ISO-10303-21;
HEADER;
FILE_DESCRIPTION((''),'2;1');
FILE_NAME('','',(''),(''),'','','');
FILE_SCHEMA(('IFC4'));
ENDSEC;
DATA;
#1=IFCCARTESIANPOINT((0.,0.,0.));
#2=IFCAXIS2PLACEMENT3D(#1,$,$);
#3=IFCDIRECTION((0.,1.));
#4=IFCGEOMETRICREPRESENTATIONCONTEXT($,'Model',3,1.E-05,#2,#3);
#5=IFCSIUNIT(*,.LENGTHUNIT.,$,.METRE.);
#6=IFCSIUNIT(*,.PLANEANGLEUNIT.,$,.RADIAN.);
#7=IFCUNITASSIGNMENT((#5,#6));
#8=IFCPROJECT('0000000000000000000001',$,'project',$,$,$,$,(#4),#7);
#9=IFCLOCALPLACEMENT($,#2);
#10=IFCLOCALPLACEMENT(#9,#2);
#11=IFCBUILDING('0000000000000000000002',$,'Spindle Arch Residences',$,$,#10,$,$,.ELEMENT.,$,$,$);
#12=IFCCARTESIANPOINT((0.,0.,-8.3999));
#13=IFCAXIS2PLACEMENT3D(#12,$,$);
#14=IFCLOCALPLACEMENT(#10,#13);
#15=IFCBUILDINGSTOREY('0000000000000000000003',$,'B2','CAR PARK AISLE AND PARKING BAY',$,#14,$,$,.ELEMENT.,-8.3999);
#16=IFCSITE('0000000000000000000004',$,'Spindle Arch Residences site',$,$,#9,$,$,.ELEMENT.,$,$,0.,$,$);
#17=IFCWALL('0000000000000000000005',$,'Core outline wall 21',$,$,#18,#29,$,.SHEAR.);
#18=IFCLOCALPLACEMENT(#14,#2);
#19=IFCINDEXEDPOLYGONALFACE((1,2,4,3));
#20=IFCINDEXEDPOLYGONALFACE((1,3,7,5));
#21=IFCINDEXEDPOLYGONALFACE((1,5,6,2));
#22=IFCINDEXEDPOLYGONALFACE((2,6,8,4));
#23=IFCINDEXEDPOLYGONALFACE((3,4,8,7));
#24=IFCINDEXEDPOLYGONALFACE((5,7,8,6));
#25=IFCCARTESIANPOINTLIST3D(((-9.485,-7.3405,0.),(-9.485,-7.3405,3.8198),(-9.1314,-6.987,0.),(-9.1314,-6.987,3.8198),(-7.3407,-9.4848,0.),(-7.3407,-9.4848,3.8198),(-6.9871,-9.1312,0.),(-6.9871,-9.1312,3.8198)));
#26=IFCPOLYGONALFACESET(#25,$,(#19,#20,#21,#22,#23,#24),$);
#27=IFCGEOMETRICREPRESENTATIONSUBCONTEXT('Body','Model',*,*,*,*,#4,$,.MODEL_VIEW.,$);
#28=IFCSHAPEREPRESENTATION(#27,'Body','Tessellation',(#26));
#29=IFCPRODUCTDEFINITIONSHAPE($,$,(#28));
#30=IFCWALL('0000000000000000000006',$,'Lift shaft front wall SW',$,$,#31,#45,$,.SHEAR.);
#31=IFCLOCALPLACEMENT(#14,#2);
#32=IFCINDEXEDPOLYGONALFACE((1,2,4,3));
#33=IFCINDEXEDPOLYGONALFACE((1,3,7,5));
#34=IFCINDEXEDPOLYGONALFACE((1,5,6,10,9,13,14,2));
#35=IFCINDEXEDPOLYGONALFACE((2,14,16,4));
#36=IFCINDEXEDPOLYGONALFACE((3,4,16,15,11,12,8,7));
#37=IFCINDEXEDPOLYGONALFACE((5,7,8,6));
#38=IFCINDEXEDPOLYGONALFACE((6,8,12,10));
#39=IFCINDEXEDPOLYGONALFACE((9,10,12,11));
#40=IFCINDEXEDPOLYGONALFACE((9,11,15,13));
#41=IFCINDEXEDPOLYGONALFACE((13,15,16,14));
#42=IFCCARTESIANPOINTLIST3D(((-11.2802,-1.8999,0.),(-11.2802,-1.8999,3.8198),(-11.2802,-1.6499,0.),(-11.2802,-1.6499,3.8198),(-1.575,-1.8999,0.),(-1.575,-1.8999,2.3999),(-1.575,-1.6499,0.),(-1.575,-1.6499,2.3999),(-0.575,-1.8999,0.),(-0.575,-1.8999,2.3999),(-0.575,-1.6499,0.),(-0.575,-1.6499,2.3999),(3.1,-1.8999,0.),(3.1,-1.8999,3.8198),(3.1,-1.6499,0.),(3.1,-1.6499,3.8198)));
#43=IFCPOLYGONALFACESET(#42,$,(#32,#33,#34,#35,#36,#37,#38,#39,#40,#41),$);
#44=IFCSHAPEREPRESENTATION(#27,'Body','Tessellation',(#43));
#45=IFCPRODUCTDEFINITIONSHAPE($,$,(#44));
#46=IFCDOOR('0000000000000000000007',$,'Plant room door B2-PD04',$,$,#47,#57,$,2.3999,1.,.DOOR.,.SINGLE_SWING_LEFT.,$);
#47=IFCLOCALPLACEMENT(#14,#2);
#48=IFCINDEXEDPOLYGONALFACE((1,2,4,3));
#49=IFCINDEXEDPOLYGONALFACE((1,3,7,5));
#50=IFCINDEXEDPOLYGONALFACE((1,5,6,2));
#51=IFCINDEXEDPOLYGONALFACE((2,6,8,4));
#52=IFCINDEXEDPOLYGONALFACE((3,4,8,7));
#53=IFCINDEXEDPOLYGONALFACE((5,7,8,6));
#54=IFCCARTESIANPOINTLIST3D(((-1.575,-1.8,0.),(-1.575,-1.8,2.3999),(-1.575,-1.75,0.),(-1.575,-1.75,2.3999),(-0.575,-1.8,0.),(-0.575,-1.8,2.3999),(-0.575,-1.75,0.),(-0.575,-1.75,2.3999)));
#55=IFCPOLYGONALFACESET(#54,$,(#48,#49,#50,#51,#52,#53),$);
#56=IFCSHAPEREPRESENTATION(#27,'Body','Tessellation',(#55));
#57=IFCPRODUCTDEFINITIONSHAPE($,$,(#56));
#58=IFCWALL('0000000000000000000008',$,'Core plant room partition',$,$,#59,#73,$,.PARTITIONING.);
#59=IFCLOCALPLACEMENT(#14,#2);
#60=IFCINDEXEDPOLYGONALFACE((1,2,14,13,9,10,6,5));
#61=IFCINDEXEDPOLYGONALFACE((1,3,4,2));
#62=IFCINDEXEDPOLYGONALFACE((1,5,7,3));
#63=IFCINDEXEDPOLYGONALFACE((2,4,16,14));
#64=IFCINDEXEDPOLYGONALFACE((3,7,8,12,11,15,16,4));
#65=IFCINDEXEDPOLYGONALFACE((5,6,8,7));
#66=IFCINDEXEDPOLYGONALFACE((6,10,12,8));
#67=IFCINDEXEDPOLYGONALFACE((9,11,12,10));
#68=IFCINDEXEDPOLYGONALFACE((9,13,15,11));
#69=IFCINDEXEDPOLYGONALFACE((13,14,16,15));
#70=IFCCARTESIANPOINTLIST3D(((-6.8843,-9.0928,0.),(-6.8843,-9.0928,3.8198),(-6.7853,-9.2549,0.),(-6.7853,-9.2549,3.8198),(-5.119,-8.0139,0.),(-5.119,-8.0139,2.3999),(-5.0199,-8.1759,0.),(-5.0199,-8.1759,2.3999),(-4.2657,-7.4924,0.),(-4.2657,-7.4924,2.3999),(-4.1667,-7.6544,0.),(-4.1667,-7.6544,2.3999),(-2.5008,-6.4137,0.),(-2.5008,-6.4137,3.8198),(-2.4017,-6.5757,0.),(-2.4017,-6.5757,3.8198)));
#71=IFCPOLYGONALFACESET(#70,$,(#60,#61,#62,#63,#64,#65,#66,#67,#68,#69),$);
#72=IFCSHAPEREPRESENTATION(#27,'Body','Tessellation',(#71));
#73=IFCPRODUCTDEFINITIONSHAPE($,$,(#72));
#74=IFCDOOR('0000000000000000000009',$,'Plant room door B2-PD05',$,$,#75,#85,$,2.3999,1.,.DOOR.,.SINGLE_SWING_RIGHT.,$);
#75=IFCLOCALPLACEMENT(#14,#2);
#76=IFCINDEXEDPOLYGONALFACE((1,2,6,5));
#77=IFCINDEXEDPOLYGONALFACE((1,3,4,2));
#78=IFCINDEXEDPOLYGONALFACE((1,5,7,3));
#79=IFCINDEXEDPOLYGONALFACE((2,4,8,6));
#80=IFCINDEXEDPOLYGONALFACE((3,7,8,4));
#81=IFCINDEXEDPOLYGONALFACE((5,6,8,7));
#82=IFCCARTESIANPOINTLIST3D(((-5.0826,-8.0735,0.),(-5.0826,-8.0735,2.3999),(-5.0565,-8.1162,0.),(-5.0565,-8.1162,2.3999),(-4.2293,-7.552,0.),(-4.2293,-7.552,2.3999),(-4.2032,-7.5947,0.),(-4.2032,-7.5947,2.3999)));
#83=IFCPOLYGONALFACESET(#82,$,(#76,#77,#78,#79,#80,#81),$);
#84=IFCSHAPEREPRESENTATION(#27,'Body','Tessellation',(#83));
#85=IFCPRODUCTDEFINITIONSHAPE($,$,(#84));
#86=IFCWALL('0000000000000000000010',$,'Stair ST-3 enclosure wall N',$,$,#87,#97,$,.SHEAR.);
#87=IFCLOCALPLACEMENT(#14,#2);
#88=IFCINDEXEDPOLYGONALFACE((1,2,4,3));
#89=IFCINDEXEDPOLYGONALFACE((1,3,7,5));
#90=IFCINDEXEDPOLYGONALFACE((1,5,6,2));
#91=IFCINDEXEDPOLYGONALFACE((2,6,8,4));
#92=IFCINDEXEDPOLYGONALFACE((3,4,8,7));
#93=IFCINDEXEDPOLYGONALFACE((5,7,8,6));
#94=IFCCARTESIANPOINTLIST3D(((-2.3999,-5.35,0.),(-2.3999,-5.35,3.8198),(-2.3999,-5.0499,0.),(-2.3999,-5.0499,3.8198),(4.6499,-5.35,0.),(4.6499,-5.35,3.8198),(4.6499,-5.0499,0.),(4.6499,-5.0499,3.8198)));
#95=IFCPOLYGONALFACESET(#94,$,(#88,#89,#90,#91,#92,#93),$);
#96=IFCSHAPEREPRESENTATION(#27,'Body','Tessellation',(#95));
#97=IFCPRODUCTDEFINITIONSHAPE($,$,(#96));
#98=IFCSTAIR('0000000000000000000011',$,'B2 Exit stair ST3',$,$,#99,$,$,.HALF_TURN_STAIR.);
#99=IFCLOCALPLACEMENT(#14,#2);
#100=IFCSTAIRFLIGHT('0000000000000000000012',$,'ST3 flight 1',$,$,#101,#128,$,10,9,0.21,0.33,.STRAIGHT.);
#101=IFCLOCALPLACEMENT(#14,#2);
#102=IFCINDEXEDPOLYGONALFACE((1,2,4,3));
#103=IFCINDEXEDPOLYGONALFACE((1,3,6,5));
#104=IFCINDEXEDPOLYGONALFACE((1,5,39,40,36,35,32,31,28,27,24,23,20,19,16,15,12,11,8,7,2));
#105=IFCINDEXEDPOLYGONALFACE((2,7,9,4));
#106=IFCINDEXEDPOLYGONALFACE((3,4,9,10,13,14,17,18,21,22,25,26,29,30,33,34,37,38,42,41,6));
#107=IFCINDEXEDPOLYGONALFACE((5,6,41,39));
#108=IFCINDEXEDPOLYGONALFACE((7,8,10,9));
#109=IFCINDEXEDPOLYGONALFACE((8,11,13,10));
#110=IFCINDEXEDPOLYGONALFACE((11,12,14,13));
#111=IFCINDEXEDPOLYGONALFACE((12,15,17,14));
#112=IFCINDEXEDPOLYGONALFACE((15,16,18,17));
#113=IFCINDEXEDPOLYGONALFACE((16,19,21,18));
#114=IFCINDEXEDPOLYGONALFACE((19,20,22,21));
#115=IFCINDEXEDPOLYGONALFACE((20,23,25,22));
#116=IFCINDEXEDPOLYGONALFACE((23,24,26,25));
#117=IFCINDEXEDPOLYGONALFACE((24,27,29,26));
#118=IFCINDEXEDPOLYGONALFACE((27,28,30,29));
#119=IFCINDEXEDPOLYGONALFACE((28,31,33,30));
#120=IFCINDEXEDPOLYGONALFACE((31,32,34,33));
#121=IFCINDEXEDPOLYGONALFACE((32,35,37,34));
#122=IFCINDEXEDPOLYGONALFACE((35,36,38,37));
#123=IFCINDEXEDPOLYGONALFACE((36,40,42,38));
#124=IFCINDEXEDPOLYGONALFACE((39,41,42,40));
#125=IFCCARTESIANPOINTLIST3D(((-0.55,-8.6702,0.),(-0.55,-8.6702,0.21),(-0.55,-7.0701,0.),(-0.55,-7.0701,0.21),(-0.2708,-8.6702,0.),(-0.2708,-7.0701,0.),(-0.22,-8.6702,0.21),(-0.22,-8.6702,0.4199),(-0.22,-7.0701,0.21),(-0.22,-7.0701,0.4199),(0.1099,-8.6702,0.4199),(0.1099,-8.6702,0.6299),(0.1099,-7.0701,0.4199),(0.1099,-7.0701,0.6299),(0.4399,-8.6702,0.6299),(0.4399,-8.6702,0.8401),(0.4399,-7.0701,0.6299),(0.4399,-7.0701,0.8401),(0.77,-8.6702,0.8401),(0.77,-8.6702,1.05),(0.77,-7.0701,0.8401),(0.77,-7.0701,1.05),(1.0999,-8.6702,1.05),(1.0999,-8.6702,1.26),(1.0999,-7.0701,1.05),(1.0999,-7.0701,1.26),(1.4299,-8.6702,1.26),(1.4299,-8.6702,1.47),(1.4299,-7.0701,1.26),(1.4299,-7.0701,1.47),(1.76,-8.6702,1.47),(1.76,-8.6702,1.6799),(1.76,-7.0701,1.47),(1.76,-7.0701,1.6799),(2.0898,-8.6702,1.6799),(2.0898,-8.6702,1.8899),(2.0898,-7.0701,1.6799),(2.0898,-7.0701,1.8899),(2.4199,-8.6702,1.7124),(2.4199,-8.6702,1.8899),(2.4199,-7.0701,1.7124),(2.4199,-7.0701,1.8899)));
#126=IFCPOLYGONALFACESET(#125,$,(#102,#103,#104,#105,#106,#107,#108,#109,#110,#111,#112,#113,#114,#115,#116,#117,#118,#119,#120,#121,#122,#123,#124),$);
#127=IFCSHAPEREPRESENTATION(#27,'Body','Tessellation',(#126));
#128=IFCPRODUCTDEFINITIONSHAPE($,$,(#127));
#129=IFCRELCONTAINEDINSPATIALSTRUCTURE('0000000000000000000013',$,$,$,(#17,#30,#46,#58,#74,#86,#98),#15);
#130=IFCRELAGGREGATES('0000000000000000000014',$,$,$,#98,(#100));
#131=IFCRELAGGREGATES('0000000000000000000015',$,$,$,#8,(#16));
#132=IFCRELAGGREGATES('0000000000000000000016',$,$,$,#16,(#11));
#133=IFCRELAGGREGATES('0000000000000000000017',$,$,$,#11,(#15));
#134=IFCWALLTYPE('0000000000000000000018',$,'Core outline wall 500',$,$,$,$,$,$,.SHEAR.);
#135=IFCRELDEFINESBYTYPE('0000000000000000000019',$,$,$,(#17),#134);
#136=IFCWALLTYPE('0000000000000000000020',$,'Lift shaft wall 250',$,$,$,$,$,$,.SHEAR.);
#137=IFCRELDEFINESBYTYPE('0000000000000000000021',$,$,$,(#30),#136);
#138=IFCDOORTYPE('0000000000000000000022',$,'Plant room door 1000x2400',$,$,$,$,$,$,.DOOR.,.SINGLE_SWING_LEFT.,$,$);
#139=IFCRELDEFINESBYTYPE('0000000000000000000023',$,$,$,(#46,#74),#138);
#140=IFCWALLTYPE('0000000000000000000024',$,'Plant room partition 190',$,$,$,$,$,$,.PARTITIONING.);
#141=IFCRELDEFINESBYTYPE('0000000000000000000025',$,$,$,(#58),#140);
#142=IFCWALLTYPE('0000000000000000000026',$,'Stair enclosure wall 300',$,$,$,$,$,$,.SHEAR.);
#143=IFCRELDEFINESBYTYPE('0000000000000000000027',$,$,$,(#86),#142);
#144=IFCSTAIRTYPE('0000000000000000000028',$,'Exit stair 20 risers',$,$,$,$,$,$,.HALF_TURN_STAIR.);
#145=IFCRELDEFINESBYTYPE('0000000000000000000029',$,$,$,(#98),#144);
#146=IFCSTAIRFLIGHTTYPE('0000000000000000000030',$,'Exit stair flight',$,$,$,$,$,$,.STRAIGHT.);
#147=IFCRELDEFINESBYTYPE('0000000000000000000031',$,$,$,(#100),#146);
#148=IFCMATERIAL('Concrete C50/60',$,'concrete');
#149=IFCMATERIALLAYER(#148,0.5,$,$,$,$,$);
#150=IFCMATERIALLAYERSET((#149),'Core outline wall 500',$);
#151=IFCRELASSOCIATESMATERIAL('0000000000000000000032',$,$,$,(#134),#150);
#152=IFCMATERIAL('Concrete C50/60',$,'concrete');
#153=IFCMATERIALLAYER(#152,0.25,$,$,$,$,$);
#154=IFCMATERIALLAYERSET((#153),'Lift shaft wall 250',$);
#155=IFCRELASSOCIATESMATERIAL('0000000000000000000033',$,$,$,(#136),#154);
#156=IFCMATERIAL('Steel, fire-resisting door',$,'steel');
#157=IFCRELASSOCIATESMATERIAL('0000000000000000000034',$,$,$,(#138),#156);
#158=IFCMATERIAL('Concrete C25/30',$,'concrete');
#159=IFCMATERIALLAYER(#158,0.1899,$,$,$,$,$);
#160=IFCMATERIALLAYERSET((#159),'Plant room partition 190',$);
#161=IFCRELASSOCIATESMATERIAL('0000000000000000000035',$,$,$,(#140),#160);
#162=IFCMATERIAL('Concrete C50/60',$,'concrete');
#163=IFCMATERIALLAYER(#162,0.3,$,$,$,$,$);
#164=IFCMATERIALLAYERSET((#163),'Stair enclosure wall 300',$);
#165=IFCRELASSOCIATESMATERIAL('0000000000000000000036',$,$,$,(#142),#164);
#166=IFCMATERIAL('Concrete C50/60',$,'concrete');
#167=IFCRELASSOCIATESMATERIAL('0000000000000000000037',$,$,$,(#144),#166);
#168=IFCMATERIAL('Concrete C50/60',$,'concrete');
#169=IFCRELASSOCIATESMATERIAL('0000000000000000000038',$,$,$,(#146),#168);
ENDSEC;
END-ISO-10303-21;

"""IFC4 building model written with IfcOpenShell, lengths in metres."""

from ifc_helpers import new_model, si_unit, direction, frame, frame_2d, origin, place, context, subcontext, project, spatial, polyline, rectangle, outline, extrude, material, layer, layer_set, type_object, element, fill, aggregate, save


model = new_model("IFC4")

# Units and contexts
model_context = context("Model", 3, precision=1e-05, world=origin(), true_north=direction((0.0, 1.0)))
body_context = subcontext(model_context, "Body", "Model", "MODEL_VIEW")
ifc_project = project(units=[si_unit("LENGTHUNIT", "METRE"), si_unit("PLANEANGLEUNIT", "RADIAN")], contexts=[model_context])

# Site, building, storey
site_placement = place(None, origin())
site = spatial("IfcSite", under=ifc_project, at=site_placement, Name="Spindle Arch Residences site", CompositionType="ELEMENT", RefElevation=0.0)
building_placement = place(site_placement, origin())
building = spatial("IfcBuilding", under=site, at=building_placement, Name="Spindle Arch Residences", CompositionType="ELEMENT")
storey_placement = place(building_placement, frame((0.0, 0.0, -8.3999)))
storey = spatial("IfcBuildingStorey", under=building, at=storey_placement, Name="B2", Description="CAR PARK AISLE AND PARKING BAY", CompositionType="ELEMENT", Elevation=-8.3999)

# Wall
ifc_material_1 = material(Name="Concrete C50/60", Category="concrete")
ifc_layer_1 = layer(ifc_material_1, 0.5)
ifc_layer_set_1 = layer_set([ifc_layer_1], Name="Core outline wall 500")
wall_type_1 = type_object("IfcWallType", Name="Core outline wall 500", PredefinedType="SHEAR", material=ifc_layer_set_1)
wall_1_placement = place(storey_placement, frame((-9.3081, -7.1638, 0.0), z_axis=(0.0, 0.0, 1.0), x_axis=(0.707107, -0.707107, 0.0)))
element("IfcWall", 1, at=wall_1_placement, inside=storey, type_object=wall_type_1, Name="Core outline wall 21", PredefinedType="SHEAR", context=body_context, shape_type="SweptSolid", body=[
    extrude(rectangle(XDim=3.0325, YDim=0.5, at=frame_2d((1.5161, 0.0))), origin(), (0.0, 0.0, 1.0), 3.8198),
])

# Walls, openings, doors
ifc_material_2 = material(Name="Concrete C50/60", Category="concrete")
ifc_layer_2 = layer(ifc_material_2, 0.25)
ifc_layer_set_2 = layer_set([ifc_layer_2], Name="Lift shaft wall 250")
wall_type_2 = type_object("IfcWallType", Name="Lift shaft wall 250", PredefinedType="SHEAR", material=ifc_layer_set_2)
wall_2_placement = place(storey_placement, frame((-11.28, -1.7749, 0.0), z_axis=(0.0, 0.0, 1.0), x_axis=(1.0, 0.0, 0.0)))
wall_2 = element("IfcWall", 2, at=wall_2_placement, inside=storey, type_object=wall_type_2, Name="Lift shaft front wall SW", PredefinedType="SHEAR", context=body_context, shape_type="SweptSolid", body=[
    extrude(rectangle(XDim=14.3801, YDim=0.25, at=frame_2d((7.1899, 0.0))), origin(), (0.0, 0.0, 1.0), 3.8198),
])
opening_1_placement = place(wall_2_placement, frame((9.7051, 0.0, 0.0)))
opening_1 = element("IfcOpeningElement", 3, at=opening_1_placement, cuts=wall_2, PredefinedType="OPENING", context=body_context, shape_type="SweptSolid", body=[
    extrude(rectangle(XDim=1.0, YDim=2.3999, at=frame_2d((0.5, 1.2))), frame((0.0, 0.135, 0.0), z_axis=(0.0, -1.0, 0.0), x_axis=(1.0, 0.0, 0.0)), (0.0, 0.0, 1.0), 0.27),
])
ifc_material_3 = material(Name="Steel, fire-resisting door", Category="steel")
door_type = type_object("IfcDoorType", Name="Plant room door 1000x2400", OperationType="SINGLE_SWING_LEFT", PredefinedType="DOOR", material=ifc_material_3)
door_1_placement = place(opening_1_placement, origin())
door_1 = element("IfcDoor", 4, at=door_1_placement, inside=storey, type_object=door_type, Name="Plant room door B2-PD04", OperationType="SINGLE_SWING_LEFT", OverallHeight=2.3999, OverallWidth=1.0, PredefinedType="DOOR", context=body_context, shape_type="SweptSolid", body=[
    extrude(rectangle(XDim=1.0, YDim=2.3999, at=frame_2d((0.5, 1.2))), frame((0.0, 0.0249, 0.0), z_axis=(0.0, -1.0, 0.0), x_axis=(1.0, 0.0, 0.0)), (0.0, 0.0, 1.0), 0.05),
])
fill(opening_1, door_1)
ifc_material_4 = material(Name="Concrete C25/30", Category="concrete")
ifc_layer_3 = layer(ifc_material_4, 0.1899)
ifc_layer_set_3 = layer_set([ifc_layer_3], Name="Plant room partition 190")
wall_type_3 = type_object("IfcWallType", Name="Plant room partition 190", PredefinedType="PARTITIONING", material=ifc_layer_set_3)
wall_3_placement = place(storey_placement, frame((-2.4512, -6.4946, 0.0), z_axis=(0.0, 0.0, 1.0), x_axis=(-0.85325, -0.521502, 0.0)))
wall_3 = element("IfcWall", 5, at=wall_3_placement, inside=storey, type_object=wall_type_3, Name="Core plant room partition", PredefinedType="PARTITIONING", context=body_context, shape_type="SweptSolid", body=[
    extrude(rectangle(XDim=5.1375, YDim=0.1899, at=frame_2d((2.5688, 0.0))), origin(), (0.0, 0.0, 1.0), 3.8198),
])
opening_2_placement = place(wall_3_placement, frame((2.0686, 0.0, 0.0)))
opening_2 = element("IfcOpeningElement", 6, at=opening_2_placement, cuts=wall_3, PredefinedType="OPENING", context=body_context, shape_type="SweptSolid", body=[
    extrude(rectangle(XDim=1.0, YDim=2.3999, at=frame_2d((0.5, 1.2))), frame((0.0, 0.105, 0.0), z_axis=(0.0, -1.0, 0.0), x_axis=(1.0, 0.0, 0.0)), (0.0, 0.0, 1.0), 0.21),
])
door_2_placement = place(opening_2_placement, origin())
door_2 = element("IfcDoor", 7, at=door_2_placement, inside=storey, type_object=door_type, Name="Plant room door B2-PD05", OperationType="SINGLE_SWING_RIGHT", OverallHeight=2.3999, OverallWidth=1.0, PredefinedType="DOOR", context=body_context, shape_type="SweptSolid", body=[
    extrude(rectangle(XDim=1.0, YDim=2.3999, at=frame_2d((0.5, 1.2))), frame((0.0, 0.0249, 0.0), z_axis=(0.0, -1.0, 0.0), x_axis=(1.0, 0.0, 0.0)), (0.0, 0.0, 1.0), 0.05),
])
fill(opening_2, door_2)

# Wall
ifc_material_5 = material(Name="Concrete C50/60", Category="concrete")
ifc_layer_4 = layer(ifc_material_5, 0.3)
ifc_layer_set_4 = layer_set([ifc_layer_4], Name="Stair enclosure wall 300")
wall_type_4 = type_object("IfcWallType", Name="Stair enclosure wall 300", PredefinedType="SHEAR", material=ifc_layer_set_4)
wall_4_placement = place(storey_placement, frame((-2.3999, -5.2, 0.0), z_axis=(0.0, 0.0, 1.0), x_axis=(1.0, 0.0, 0.0)))
element("IfcWall", 8, at=wall_4_placement, inside=storey, type_object=wall_type_4, Name="Stair ST-3 enclosure wall N", PredefinedType="SHEAR", context=body_context, shape_type="SweptSolid", body=[
    extrude(rectangle(XDim=7.0498, YDim=0.3, at=frame_2d((3.5249, 0.0))), origin(), (0.0, 0.0, 1.0), 3.8198),
])

# Stair, stair flight
ifc_material_6 = material(Name="Concrete C50/60", Category="concrete")
stair_type = type_object("IfcStairType", Name="Exit stair 20 risers", PredefinedType="HALF_TURN_STAIR", material=ifc_material_6)
stair_placement = place(storey_placement, origin())
stair = element("IfcStair", 9, at=stair_placement, inside=storey, type_object=stair_type, Name="B2 Exit stair ST3", PredefinedType="HALF_TURN_STAIR")
ifc_material_7 = material(Name="Concrete C50/60", Category="concrete")
stair_flight_type = type_object("IfcStairFlightType", Name="Exit stair flight", PredefinedType="STRAIGHT", material=ifc_material_7)
stair_flight_placement = place(storey_placement, frame((-0.55, -7.8701, 0.0), z_axis=(0.0, 0.0, 1.0), x_axis=(1.0, 0.0, 0.0)))
stair_flight = element("IfcStairFlight", 10, at=stair_flight_placement, type_object=stair_flight_type, Name="ST3 flight 1", NumberOfRisers=10, NumberOfTreads=9, PredefinedType="STRAIGHT", RiserHeight=0.21, TreadLength=0.33, context=body_context, shape_type="SweptSolid", body=[
    extrude(outline(polyline([(0.0, 0.0), (0.0, 0.21), (0.3301, 0.21), (0.3301, 0.4199), (0.6599, 0.4199), (0.6599, 0.6299), (0.99, 0.6299), (0.99, 0.8401), (1.3201, 0.8401), (1.3201, 1.05), (1.6499, 1.05), (1.6499, 1.26), (1.98, 1.26), (1.98, 1.47), (2.3101, 1.47), (2.3101, 1.6799), (2.6399, 1.6799), (2.6399, 1.8899), (2.97, 1.8899), (2.97, 2.1001), (2.97, 1.7124), (0.2793, 0.0), (0.0, 0.0)])), frame((0.0, 0.8, 0.0), z_axis=(0.0, -1.0, 0.0), x_axis=(1.0, 0.0, 0.0)), (0.0, 0.0, 1.0), 1.6001),
])
aggregate(stair, [stair_flight])

save(model, "model.ifc")
